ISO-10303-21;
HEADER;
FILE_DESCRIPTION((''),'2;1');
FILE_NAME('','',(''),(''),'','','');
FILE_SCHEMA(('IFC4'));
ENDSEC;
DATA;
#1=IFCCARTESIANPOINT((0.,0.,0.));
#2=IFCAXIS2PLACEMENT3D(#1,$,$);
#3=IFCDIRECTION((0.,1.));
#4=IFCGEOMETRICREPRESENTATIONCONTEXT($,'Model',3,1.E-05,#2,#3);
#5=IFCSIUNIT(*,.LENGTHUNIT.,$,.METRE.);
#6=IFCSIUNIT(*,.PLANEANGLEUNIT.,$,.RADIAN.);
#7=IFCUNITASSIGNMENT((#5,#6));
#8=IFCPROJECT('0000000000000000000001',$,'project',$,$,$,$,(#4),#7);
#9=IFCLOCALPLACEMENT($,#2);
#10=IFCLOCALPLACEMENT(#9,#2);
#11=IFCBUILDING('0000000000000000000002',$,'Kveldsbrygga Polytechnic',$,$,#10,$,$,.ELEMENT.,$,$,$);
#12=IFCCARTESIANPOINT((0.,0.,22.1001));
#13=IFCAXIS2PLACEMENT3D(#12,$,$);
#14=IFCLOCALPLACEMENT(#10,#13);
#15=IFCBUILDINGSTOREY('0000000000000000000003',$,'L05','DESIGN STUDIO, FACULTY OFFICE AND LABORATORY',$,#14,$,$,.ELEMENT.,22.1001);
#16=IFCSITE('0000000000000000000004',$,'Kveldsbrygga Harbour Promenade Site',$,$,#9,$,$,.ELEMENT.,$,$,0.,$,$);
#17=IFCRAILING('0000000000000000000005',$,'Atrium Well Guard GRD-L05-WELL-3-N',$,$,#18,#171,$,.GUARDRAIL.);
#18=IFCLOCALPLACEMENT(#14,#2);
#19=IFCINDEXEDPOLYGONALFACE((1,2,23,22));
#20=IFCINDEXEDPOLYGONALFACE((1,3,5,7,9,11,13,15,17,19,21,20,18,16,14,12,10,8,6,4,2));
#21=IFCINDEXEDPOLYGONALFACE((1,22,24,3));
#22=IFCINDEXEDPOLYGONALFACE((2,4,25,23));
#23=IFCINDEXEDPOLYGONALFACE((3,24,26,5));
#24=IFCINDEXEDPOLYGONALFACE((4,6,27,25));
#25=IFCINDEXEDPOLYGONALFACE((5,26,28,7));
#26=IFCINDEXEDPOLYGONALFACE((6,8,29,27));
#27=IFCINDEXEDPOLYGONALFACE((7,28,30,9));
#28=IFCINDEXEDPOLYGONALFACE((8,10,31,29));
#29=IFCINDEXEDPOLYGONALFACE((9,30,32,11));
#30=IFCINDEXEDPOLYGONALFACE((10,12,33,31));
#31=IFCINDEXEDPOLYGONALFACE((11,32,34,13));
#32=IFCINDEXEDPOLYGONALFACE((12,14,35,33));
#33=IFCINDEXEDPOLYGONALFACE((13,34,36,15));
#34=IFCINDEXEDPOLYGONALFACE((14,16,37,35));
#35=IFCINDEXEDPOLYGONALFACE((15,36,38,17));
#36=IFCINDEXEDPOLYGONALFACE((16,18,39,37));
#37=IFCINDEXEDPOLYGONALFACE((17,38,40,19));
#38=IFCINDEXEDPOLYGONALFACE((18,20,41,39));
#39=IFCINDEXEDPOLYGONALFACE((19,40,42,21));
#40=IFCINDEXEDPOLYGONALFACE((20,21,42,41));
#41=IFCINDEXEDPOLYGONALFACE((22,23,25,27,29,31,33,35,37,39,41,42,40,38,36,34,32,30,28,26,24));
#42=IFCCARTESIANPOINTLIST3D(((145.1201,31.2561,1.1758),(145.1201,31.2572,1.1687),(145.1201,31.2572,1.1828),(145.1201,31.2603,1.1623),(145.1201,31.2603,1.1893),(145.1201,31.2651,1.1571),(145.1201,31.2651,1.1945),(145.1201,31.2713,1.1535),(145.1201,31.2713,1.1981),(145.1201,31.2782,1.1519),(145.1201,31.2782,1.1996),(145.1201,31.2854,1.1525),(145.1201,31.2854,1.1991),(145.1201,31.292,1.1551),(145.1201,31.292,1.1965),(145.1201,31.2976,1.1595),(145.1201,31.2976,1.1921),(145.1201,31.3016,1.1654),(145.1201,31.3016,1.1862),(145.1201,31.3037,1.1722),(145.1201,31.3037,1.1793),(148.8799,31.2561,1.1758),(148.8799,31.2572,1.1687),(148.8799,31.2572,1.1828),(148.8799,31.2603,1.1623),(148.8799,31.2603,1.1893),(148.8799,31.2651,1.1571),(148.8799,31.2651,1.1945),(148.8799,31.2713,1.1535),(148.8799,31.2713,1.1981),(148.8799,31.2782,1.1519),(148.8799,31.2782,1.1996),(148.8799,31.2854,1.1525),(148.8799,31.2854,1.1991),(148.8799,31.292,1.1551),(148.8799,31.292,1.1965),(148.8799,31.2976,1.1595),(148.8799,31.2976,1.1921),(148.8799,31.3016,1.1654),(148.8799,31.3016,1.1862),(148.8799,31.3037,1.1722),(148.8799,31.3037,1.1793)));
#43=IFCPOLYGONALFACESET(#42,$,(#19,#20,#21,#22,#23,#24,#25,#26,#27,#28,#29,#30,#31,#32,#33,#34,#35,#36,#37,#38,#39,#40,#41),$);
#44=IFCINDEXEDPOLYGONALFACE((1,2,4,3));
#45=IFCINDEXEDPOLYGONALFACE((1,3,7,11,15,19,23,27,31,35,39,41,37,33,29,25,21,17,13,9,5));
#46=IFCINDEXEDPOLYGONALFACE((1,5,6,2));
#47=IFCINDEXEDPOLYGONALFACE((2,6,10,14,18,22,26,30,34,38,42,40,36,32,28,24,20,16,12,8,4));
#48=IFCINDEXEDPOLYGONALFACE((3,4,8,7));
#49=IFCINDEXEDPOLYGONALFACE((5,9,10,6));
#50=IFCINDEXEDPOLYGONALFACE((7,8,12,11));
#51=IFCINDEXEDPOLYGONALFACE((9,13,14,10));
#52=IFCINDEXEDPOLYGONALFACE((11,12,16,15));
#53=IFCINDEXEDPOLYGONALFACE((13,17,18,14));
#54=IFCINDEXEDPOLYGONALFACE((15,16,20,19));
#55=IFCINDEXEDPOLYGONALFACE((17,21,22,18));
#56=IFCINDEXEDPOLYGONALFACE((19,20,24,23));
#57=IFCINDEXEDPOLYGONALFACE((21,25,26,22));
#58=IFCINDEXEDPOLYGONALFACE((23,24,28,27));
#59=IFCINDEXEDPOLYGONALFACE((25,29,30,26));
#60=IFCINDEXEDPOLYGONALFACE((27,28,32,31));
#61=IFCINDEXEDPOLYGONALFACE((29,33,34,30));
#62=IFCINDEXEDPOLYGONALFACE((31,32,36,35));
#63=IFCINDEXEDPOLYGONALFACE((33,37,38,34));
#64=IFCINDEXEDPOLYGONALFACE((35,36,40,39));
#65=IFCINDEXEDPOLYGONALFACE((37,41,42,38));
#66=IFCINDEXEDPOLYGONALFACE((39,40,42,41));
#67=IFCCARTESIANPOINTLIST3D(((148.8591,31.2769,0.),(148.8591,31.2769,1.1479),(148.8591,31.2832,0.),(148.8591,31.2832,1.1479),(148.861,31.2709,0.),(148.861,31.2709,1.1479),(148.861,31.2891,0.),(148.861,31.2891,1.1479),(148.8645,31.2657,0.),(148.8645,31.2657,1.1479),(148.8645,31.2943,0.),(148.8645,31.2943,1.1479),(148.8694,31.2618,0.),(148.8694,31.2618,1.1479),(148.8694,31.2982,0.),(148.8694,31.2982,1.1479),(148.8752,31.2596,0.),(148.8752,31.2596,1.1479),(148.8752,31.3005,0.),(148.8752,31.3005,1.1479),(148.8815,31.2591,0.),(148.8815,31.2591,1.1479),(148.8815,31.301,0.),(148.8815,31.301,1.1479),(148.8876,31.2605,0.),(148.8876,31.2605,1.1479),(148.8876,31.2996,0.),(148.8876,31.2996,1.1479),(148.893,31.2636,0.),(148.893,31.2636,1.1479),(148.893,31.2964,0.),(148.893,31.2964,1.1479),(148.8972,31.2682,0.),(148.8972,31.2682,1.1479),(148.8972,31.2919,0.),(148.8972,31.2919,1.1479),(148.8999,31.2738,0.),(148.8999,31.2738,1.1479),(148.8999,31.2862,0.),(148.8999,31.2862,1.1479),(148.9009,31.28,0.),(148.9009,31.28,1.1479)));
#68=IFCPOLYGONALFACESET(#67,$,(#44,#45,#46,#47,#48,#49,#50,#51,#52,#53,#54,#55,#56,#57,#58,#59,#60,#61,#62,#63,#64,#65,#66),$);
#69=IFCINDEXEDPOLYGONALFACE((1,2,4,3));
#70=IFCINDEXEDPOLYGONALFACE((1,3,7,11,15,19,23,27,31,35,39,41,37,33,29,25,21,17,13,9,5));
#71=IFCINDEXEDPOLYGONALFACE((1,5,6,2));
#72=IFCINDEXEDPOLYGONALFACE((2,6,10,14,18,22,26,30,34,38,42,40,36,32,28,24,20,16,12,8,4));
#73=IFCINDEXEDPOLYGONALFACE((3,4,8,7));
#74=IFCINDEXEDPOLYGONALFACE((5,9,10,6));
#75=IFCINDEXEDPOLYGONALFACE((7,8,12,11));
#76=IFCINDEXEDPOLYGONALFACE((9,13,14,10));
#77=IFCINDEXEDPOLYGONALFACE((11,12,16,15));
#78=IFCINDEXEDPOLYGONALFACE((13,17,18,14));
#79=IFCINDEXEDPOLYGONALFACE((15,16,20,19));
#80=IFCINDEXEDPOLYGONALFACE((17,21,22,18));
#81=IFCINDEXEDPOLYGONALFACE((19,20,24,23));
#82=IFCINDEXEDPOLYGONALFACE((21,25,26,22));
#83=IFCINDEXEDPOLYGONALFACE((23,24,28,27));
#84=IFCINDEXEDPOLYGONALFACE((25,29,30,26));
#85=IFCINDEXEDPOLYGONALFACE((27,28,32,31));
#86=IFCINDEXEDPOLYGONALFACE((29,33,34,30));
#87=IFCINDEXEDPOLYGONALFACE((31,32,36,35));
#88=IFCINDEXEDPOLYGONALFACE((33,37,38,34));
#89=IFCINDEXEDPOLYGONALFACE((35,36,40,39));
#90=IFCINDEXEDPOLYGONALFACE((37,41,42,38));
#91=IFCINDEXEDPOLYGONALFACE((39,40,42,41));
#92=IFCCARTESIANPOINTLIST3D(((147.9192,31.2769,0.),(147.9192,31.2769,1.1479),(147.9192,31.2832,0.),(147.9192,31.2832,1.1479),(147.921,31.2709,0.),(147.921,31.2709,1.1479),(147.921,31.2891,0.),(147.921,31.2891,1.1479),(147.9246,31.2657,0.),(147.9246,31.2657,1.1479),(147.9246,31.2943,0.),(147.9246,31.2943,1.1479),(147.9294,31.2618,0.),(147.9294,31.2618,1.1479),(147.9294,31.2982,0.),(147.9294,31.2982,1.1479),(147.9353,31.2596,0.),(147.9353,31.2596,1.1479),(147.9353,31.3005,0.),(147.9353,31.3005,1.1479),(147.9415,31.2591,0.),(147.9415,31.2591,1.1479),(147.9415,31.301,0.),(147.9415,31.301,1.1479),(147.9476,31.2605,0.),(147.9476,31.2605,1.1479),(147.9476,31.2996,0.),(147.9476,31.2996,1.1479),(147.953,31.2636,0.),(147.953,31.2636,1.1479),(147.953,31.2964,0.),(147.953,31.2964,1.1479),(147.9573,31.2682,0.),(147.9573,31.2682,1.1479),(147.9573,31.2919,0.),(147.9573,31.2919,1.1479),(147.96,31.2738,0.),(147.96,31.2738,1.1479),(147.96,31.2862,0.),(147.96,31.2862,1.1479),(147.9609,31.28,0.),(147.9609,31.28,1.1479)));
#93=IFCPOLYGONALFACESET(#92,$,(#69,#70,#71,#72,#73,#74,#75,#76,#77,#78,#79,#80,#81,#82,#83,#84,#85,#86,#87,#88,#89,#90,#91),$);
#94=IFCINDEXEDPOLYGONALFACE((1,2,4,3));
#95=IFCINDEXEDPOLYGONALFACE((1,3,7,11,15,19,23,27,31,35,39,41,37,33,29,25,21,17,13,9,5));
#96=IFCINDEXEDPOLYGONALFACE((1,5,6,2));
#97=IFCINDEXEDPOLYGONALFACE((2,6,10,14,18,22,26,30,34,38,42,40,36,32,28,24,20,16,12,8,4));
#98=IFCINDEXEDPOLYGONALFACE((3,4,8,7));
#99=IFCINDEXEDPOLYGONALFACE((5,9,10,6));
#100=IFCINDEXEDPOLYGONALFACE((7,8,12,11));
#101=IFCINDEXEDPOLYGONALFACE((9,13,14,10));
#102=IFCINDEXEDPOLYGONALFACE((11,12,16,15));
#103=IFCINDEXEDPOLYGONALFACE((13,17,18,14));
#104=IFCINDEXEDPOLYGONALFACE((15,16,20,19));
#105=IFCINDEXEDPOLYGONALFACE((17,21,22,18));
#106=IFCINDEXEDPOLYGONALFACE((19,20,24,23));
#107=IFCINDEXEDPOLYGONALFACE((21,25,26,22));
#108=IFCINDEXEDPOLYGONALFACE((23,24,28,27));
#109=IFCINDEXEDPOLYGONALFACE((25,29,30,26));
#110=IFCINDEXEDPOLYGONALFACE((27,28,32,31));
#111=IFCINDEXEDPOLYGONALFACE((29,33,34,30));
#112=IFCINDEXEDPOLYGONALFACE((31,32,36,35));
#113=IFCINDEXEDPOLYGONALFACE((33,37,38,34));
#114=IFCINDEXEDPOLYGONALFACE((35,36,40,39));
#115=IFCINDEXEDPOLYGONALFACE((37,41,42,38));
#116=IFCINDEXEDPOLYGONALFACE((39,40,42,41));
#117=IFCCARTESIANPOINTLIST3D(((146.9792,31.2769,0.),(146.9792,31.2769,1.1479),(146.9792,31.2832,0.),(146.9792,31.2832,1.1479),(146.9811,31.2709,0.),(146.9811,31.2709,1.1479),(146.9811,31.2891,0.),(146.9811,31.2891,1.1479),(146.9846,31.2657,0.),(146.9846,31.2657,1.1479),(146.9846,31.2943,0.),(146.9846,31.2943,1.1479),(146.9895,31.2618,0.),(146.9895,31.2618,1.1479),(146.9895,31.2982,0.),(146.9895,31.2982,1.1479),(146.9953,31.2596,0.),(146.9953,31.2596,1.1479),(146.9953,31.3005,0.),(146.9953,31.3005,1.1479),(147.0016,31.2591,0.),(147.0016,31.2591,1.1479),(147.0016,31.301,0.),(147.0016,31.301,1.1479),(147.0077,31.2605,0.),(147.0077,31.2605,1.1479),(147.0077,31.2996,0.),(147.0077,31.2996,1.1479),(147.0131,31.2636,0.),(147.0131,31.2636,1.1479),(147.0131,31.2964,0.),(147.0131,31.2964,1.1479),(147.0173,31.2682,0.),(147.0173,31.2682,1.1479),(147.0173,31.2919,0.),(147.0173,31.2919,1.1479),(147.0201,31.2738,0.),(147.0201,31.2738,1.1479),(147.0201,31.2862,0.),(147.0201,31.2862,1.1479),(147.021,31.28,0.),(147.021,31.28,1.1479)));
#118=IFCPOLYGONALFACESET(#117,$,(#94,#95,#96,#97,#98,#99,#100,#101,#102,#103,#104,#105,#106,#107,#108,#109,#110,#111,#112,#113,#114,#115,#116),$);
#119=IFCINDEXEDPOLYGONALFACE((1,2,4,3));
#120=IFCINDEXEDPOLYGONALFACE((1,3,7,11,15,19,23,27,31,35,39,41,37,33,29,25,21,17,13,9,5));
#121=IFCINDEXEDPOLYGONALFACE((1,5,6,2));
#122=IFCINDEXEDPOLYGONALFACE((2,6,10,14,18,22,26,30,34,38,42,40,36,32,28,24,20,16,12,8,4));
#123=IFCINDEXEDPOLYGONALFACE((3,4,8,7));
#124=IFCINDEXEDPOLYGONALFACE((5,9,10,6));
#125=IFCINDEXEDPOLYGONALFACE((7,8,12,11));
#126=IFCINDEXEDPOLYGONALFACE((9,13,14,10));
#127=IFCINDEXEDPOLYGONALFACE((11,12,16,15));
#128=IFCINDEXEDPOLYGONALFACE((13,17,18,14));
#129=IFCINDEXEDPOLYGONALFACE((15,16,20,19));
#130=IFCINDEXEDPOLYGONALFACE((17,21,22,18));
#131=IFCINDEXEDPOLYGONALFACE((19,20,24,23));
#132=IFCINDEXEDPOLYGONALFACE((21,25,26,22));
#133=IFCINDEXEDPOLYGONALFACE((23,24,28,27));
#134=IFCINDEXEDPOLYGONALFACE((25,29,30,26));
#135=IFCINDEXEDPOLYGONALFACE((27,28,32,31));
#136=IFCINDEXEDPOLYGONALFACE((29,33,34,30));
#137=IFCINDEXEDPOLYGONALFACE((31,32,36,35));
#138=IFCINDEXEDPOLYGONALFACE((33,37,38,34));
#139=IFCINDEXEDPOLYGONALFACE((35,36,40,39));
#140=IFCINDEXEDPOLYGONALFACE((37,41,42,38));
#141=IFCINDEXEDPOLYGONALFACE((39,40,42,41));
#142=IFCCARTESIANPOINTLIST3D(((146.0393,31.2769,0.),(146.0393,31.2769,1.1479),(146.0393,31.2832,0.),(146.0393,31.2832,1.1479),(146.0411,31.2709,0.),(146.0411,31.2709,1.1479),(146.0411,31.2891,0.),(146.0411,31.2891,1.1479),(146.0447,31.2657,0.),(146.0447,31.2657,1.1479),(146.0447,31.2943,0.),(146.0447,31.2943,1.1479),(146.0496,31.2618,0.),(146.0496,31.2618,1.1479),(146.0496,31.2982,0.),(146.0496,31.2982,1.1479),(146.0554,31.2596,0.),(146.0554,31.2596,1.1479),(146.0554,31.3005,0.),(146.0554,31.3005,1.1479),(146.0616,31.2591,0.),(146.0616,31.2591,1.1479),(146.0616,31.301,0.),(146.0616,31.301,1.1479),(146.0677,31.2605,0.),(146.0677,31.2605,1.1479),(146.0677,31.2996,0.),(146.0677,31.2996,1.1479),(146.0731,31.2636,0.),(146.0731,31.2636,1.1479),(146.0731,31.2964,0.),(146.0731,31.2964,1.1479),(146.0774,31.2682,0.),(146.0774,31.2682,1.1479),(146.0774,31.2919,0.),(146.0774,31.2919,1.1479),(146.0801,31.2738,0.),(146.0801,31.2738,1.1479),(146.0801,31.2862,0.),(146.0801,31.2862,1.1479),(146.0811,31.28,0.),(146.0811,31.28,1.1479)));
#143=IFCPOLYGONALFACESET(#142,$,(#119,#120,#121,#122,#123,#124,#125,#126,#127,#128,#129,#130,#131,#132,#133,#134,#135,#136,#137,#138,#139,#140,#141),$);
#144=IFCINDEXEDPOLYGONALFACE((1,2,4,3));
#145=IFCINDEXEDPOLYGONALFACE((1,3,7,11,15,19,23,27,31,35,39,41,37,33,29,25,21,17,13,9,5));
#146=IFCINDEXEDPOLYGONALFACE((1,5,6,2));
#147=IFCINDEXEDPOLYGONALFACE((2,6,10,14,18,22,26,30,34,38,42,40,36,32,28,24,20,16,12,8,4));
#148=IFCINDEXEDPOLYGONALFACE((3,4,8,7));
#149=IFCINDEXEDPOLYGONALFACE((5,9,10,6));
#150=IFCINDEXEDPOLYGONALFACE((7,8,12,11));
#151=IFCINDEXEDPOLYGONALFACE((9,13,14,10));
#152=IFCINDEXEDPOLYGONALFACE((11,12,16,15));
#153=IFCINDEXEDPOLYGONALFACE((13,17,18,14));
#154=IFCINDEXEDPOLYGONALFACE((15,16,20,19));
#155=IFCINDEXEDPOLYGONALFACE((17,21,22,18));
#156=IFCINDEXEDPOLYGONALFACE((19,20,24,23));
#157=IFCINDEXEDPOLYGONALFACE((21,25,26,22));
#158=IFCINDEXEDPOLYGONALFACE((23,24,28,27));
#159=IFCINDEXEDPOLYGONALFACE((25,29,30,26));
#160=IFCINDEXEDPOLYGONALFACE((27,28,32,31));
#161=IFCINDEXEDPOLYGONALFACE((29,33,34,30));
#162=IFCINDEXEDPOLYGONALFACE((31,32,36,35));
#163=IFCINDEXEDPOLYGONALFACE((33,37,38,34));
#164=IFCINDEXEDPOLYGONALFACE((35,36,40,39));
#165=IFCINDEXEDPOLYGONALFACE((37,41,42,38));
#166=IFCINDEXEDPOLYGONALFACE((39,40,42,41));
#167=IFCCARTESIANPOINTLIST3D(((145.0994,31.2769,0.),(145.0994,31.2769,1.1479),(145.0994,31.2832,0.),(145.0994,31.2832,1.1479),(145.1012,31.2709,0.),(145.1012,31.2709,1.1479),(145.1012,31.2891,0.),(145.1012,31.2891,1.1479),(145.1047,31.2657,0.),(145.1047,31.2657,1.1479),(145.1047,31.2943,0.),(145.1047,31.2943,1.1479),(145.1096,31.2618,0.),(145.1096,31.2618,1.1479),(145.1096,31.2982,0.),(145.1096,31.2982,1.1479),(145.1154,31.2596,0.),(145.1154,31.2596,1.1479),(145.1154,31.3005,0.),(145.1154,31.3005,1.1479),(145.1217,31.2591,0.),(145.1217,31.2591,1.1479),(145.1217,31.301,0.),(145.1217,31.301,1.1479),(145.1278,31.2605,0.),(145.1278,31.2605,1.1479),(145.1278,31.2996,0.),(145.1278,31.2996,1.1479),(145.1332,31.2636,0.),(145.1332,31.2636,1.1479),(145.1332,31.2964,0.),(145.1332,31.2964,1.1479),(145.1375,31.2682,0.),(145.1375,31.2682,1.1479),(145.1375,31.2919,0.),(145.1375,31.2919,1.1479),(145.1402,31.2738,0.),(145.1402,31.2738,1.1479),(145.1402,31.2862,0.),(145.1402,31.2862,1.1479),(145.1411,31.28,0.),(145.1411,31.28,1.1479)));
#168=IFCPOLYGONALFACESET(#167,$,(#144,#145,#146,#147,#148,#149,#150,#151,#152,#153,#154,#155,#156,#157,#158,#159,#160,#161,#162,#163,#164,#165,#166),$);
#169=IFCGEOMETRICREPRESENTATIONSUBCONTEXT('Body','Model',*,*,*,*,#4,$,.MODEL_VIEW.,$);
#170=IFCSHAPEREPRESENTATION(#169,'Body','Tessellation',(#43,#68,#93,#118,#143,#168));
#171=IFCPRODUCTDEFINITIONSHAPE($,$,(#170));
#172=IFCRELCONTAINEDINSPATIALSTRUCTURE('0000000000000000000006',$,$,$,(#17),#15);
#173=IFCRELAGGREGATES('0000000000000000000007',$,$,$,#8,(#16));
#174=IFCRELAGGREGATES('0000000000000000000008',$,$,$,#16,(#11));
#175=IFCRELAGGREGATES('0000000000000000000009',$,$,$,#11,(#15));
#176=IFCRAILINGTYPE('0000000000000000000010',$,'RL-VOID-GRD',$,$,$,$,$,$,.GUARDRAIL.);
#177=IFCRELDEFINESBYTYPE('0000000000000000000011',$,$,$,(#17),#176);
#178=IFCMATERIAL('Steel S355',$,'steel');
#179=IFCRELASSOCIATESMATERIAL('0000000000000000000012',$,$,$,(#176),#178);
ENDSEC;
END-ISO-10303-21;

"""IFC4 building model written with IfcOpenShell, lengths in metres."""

from ifc_helpers import new_model, si_unit, direction, frame, origin, origin_2d, place, context, subcontext, project, spatial, circle, extrude, material, type_object, element, save


model = new_model("IFC4")

# Units and contexts
model_context = context("Model", 3, precision=1e-05, world=origin(), true_north=direction((0.0, 1.0)))
body_context = subcontext(model_context, "Body", "Model", "MODEL_VIEW")
ifc_project = project(units=[si_unit("LENGTHUNIT", "METRE"), si_unit("PLANEANGLEUNIT", "RADIAN")], contexts=[model_context])

# Site, building, storey
site_placement = place(None, origin())
site = spatial("IfcSite", under=ifc_project, at=site_placement, Name="Kveldsbrygga Harbour Promenade Site", CompositionType="ELEMENT", RefElevation=0.0)
building_placement = place(site_placement, origin())
building = spatial("IfcBuilding", under=site, at=building_placement, Name="Kveldsbrygga Polytechnic", CompositionType="ELEMENT")
storey_placement = place(building_placement, frame((0.0, 0.0, 22.1001)))
storey = spatial("IfcBuildingStorey", under=building, at=storey_placement, Name="L05", Description="DESIGN STUDIO, FACULTY OFFICE AND LABORATORY", CompositionType="ELEMENT", Elevation=22.1001)

# Shared definitions
ifc_material_1 = material(Name="Steel S355", Category="steel")

# Railing
railing_type = type_object("IfcRailingType", Name="RL-VOID-GRD", PredefinedType="GUARDRAIL", material=ifc_material_1)
railing_1_placement = place(storey_placement, frame((148.8799, 31.28, 0.0)))
element("IfcRailing", 1, at=railing_1_placement, inside=storey, type_object=railing_type, Name="Atrium Well Guard GRD-L05-WELL-3-N", PredefinedType="GUARDRAIL", context=body_context, shape_type="SweptSolid", body=[
    extrude(circle(Radius=0.0239, at=origin_2d()), frame((0.0, 0.0, 1.1758), z_axis=(-1.0, 0.0, 0.0), x_axis=(0.0, -1.0, 0.0)), (0.0, 0.0, 1.0), 3.7598),
    extrude(circle(Radius=0.021, at=origin_2d()), origin(), (0.0, 0.0, 1.0), 1.1479),
    extrude(circle(Radius=0.021, at=origin_2d()), frame((-0.9399, 0.0, 0.0)), (0.0, 0.0, 1.0), 1.1479),
    extrude(circle(Radius=0.021, at=origin_2d()), frame((-1.8799, 0.0, 0.0)), (0.0, 0.0, 1.0), 1.1479),
    extrude(circle(Radius=0.021, at=origin_2d()), frame((-2.8198, 0.0, 0.0)), (0.0, 0.0, 1.0), 1.1479),
    extrude(circle(Radius=0.021, at=origin_2d()), frame((-3.7598, 0.0, 0.0)), (0.0, 0.0, 1.0), 1.1479),
])

save(model, "model.ifc")
